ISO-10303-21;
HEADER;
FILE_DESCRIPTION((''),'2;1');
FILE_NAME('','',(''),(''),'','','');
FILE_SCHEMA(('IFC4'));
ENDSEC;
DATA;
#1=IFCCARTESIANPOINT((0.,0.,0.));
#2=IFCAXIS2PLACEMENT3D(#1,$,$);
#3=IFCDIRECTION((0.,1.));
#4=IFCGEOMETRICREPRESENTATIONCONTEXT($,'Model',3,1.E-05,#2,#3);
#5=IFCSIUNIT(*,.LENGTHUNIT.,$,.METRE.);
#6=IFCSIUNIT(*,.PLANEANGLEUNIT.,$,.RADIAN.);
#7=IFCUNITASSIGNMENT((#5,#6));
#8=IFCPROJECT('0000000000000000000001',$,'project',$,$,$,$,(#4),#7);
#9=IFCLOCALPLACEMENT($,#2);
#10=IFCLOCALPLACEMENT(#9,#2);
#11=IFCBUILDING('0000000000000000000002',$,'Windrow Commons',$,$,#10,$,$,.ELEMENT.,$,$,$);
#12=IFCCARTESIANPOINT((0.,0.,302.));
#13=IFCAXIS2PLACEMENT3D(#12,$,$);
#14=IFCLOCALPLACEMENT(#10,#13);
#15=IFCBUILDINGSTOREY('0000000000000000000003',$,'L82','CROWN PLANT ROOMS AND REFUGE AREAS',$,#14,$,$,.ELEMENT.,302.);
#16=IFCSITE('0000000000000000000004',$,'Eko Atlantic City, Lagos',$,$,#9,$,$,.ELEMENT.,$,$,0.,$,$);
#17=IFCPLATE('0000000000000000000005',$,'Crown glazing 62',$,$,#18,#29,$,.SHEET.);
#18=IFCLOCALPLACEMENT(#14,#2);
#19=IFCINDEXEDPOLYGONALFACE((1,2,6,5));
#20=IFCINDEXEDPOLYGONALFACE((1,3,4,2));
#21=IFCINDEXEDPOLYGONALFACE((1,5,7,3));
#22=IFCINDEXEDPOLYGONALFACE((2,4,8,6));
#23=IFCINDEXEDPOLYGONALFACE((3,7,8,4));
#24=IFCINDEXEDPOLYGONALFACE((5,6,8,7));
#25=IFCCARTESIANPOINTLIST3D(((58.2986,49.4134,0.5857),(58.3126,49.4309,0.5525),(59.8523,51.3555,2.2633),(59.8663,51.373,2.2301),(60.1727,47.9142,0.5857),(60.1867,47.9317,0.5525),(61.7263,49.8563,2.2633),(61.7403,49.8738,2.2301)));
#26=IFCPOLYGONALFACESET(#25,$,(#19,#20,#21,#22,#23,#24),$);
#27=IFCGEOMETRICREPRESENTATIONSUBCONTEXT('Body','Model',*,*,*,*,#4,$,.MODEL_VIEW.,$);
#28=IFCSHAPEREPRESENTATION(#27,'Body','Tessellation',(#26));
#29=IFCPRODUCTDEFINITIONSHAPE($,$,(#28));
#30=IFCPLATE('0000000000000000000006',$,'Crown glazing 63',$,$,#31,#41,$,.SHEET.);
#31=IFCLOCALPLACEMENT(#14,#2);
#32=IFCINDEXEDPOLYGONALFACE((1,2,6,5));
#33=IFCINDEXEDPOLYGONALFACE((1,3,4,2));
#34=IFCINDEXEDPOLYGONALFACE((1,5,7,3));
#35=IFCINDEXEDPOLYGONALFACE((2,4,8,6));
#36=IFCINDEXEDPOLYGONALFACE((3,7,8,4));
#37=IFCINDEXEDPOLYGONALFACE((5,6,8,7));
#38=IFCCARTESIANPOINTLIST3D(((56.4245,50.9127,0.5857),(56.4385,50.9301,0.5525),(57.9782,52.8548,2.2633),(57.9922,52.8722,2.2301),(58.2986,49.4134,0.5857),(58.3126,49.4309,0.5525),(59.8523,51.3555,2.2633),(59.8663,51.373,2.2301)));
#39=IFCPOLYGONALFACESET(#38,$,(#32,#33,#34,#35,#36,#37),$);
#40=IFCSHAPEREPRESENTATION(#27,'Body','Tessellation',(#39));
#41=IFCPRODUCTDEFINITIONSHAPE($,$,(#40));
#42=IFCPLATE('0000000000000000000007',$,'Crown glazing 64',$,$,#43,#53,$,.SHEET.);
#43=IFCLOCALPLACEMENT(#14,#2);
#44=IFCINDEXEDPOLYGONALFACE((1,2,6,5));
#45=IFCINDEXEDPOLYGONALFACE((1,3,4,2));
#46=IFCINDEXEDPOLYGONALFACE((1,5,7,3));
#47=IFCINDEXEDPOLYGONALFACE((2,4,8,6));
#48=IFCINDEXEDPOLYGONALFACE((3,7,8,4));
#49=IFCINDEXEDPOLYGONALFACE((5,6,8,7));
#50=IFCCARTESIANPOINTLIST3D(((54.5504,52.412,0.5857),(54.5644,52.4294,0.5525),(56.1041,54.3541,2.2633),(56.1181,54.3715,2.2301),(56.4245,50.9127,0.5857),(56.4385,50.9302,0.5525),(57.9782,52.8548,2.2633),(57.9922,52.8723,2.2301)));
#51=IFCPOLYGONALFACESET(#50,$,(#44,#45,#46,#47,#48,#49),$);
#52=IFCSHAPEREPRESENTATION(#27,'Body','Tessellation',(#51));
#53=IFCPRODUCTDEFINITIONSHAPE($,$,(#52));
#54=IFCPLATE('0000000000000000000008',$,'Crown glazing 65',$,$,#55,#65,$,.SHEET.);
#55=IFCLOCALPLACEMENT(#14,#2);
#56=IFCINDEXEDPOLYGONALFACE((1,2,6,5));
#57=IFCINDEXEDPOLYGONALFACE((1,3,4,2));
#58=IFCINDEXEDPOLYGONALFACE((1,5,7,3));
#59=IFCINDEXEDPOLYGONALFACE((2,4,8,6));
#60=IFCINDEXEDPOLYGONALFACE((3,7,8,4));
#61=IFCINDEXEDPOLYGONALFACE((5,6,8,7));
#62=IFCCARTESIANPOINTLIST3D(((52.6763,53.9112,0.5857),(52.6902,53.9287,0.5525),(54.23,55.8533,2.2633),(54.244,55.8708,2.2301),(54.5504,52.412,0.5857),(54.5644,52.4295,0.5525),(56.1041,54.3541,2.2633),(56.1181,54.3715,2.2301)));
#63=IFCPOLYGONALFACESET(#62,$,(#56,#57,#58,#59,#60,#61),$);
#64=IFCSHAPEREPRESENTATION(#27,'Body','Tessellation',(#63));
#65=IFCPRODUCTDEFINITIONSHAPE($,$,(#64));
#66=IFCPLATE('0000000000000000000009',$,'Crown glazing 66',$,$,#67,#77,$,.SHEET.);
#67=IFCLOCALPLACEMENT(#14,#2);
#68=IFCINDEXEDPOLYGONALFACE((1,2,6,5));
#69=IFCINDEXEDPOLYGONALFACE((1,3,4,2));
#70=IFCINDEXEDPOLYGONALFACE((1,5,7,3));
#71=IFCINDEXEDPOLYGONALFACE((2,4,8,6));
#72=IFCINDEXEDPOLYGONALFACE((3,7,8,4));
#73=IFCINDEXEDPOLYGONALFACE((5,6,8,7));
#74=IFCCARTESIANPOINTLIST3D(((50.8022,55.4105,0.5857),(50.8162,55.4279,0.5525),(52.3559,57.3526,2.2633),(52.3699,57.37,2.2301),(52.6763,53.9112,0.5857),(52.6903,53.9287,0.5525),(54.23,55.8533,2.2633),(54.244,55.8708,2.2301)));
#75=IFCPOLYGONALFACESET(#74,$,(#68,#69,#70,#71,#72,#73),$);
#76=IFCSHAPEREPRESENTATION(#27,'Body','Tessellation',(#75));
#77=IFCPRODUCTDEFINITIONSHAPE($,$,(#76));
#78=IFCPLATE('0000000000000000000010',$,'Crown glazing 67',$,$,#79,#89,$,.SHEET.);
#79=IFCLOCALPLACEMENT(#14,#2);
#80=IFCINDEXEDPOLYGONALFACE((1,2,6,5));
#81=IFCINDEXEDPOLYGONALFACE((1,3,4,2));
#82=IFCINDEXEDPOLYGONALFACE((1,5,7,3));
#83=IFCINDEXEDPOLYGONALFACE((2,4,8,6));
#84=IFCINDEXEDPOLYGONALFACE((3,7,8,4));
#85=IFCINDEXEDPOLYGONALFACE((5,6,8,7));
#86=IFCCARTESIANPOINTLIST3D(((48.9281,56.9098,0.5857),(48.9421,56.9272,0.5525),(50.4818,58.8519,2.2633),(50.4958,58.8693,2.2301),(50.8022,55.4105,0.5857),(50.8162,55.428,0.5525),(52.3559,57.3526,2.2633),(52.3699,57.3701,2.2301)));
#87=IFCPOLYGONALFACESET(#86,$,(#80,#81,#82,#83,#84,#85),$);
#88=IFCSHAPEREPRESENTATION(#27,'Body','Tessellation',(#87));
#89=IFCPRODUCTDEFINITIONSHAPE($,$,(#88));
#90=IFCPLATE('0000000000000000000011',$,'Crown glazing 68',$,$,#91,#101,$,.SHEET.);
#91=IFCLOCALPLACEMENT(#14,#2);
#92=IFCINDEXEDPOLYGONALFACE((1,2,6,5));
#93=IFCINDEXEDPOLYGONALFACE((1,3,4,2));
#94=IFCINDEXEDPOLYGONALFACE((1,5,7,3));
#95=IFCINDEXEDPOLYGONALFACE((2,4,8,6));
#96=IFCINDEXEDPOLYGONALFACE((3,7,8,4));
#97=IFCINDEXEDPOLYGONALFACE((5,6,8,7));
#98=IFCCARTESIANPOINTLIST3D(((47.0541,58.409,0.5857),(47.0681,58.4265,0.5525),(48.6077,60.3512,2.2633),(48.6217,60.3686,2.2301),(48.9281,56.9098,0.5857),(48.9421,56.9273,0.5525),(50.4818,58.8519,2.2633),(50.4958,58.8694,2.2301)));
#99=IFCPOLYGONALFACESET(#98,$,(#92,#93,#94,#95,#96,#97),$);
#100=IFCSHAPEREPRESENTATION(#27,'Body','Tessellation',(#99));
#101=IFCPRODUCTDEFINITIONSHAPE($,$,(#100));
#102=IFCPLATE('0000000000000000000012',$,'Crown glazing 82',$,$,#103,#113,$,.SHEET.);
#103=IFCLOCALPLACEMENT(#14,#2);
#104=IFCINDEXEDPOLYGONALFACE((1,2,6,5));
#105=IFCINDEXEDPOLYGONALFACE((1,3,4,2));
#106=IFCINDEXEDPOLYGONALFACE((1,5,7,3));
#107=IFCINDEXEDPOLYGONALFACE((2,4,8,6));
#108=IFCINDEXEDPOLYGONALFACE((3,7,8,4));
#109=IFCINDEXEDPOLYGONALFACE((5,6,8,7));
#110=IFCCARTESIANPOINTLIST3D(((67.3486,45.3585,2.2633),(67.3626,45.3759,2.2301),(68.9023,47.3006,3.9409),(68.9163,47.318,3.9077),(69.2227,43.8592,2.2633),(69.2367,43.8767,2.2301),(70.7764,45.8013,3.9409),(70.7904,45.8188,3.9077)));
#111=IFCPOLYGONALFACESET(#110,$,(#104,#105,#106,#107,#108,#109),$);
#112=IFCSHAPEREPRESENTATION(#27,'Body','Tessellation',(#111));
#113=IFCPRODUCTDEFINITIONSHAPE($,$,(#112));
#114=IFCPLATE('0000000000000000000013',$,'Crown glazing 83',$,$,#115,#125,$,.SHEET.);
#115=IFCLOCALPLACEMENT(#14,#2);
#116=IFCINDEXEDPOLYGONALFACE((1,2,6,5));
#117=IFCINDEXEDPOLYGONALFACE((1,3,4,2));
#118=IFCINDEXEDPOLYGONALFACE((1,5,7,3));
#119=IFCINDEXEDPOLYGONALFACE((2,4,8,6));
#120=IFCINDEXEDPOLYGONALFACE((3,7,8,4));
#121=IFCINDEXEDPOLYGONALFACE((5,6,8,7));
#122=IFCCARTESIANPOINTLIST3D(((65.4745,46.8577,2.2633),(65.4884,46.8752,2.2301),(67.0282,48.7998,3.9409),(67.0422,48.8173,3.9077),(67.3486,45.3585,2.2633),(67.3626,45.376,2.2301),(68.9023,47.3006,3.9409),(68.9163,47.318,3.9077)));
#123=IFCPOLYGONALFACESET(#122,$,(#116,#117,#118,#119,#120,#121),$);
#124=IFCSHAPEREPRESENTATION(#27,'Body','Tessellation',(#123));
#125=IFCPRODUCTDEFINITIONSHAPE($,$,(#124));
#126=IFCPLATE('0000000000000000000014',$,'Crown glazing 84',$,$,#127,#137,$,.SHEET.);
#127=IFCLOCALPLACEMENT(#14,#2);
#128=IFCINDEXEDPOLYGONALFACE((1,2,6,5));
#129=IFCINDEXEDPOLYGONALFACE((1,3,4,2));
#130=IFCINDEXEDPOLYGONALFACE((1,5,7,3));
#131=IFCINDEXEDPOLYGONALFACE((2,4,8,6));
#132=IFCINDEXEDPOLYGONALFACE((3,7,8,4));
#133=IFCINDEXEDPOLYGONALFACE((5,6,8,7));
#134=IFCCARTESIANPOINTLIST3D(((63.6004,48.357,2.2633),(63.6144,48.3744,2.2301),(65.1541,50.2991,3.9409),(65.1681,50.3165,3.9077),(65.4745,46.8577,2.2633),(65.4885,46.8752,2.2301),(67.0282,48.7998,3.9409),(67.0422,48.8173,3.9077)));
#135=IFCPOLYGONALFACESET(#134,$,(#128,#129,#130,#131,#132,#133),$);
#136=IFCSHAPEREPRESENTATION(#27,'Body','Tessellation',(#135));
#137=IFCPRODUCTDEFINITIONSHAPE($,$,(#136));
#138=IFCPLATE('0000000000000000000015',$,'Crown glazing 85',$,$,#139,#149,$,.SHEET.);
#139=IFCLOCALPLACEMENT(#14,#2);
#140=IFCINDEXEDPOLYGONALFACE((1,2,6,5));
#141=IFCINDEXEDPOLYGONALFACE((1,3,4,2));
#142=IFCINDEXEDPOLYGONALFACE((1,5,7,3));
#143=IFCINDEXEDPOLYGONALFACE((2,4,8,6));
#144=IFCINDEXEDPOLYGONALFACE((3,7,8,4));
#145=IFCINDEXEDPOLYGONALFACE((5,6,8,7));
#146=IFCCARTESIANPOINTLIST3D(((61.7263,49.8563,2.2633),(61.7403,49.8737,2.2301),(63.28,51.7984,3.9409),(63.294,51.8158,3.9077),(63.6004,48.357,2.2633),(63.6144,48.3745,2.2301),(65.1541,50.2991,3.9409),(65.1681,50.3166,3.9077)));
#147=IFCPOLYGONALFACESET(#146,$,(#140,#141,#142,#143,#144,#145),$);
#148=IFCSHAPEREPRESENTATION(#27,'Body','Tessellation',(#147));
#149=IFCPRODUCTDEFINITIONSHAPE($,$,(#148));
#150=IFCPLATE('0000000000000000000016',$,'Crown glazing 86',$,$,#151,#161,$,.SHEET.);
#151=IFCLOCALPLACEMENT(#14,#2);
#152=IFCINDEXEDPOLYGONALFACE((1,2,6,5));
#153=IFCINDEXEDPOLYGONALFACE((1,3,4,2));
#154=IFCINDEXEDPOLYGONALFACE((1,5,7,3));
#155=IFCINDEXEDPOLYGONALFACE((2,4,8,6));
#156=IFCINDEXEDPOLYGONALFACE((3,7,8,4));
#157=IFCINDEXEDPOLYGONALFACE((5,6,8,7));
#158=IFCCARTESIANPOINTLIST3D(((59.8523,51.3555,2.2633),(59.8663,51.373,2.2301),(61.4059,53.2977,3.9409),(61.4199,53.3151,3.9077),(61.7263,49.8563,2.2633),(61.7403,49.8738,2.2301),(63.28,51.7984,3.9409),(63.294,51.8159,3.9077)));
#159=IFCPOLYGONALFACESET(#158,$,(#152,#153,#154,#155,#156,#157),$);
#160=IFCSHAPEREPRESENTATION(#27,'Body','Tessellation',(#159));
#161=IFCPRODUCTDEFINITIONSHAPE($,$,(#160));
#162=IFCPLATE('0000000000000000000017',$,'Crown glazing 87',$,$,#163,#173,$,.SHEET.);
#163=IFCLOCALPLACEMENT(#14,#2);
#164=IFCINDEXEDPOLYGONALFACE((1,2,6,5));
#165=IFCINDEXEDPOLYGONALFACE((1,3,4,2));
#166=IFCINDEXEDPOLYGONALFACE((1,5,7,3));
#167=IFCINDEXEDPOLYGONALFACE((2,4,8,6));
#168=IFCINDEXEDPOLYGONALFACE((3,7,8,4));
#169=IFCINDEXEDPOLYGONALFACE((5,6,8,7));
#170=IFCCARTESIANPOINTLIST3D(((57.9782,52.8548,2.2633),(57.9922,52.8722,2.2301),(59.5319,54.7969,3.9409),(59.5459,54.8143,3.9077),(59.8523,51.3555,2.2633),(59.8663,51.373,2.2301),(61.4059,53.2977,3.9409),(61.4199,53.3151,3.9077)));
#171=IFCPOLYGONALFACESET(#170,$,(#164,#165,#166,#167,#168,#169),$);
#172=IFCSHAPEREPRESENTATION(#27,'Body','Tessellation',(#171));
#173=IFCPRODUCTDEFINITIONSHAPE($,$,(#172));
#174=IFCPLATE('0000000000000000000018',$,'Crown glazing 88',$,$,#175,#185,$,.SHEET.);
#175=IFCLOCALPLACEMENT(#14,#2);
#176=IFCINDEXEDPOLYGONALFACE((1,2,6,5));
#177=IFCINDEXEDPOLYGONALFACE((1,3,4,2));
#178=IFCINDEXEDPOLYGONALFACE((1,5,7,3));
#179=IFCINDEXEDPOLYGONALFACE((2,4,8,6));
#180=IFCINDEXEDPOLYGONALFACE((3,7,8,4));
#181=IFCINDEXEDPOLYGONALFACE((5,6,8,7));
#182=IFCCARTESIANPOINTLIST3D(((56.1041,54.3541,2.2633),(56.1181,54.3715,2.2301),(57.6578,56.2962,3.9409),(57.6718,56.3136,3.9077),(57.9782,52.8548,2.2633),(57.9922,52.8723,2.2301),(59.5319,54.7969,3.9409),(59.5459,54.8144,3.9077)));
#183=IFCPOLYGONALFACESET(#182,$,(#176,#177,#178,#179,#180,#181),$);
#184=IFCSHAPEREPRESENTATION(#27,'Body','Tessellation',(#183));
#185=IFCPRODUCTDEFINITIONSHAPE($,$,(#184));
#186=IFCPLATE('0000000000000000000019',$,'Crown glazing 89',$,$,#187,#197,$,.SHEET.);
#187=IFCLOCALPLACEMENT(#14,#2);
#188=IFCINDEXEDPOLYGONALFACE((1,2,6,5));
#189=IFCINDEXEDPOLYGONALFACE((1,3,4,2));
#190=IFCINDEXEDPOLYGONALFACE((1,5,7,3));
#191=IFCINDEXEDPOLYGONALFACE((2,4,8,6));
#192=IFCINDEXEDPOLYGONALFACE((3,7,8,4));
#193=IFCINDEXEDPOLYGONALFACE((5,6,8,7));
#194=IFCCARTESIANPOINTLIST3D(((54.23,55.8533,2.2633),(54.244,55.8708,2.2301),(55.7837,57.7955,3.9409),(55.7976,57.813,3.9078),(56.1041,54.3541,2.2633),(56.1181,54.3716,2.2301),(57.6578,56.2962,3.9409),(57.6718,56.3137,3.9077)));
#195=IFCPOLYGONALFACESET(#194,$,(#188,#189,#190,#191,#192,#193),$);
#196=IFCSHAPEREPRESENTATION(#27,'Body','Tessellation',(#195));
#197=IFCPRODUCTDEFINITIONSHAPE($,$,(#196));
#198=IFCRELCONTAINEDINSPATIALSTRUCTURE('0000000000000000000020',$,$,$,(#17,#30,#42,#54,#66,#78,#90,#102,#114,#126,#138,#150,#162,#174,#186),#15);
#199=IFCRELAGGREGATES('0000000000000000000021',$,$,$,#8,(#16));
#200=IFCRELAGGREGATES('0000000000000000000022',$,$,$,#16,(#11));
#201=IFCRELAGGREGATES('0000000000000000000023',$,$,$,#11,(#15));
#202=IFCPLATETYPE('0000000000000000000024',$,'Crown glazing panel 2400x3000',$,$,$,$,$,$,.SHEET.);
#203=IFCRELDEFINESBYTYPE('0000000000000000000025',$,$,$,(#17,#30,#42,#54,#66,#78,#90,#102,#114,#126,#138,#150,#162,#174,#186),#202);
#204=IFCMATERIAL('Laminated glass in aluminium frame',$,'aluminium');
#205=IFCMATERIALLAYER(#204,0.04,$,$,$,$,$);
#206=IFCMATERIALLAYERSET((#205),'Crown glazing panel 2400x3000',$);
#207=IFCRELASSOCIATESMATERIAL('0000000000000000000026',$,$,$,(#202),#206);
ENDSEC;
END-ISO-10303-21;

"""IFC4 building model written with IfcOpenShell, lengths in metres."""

from ifc_helpers import new_model, si_unit, direction, frame, origin, place, context, subcontext, project, spatial, polyline, outline, extrude, material, layer, layer_set, type_object, element, save


model = new_model("IFC4")

# Units and contexts
model_context = context("Model", 3, precision=1e-05, world=origin(), true_north=direction((0.0, 1.0)))
body_context = subcontext(model_context, "Body", "Model", "MODEL_VIEW")
ifc_project = project(units=[si_unit("LENGTHUNIT", "METRE"), si_unit("PLANEANGLEUNIT", "RADIAN")], contexts=[model_context])

# Site, building, storey
site_placement = place(None, origin())
site = spatial("IfcSite", under=ifc_project, at=site_placement, Name="Eko Atlantic City, Lagos", CompositionType="ELEMENT", RefElevation=0.0)
building_placement = place(site_placement, origin())
building = spatial("IfcBuilding", under=site, at=building_placement, Name="Windrow Commons", CompositionType="ELEMENT")
storey_placement = place(building_placement, frame((0.0, 0.0, 302.0)))
storey = spatial("IfcBuildingStorey", under=building, at=storey_placement, Name="L82", Description="CROWN PLANT ROOMS AND REFUGE AREAS", CompositionType="ELEMENT", Elevation=302.0)

# Plates
ifc_material_1 = material(Name="Laminated glass in aluminium frame", Category="aluminium")
ifc_layer_1 = layer(ifc_material_1, 0.04)
ifc_layer_set_1 = layer_set([ifc_layer_1], Name="Crown glazing panel 2400x3000")
plate_type = type_object("IfcPlateType", Name="Crown glazing panel 2400x3000", PredefinedType="SHEET", material=ifc_layer_set_1)
plate_1_placement = place(storey_placement, frame((60.1727, 47.9142, 0.5857), z_axis=(-0.349325, -0.436668, 0.829031), x_axis=(-0.780883, 0.624678, -0.000006)))
element("IfcPlate", 1, at=plate_1_placement, inside=storey, type_object=plate_type, Name="Crown glazing 62", PredefinedType="SHEET", context=body_context, shape_type="SweptSolid", body=[
    extrude(outline(polyline([(0.0, 0.0), (2.4, 0.0), (2.3999, -3.0), (0.0, -3.0), (0.0, 0.0)])), origin(), (0.0, 0.0, -1.0), 0.04),
])
for number, where, z_axis, x_axis, name in (
    (2, (58.2986, 49.4134, 0.5857), (-0.349331, -0.436658, 0.829034), (-0.780865, 0.6247, 0.0), "Crown glazing 63"),
    (3, (56.4245, 50.9127, 0.5857), (-0.349331, -0.436658, 0.829034), (-0.780865, 0.6247, 0.0), "Crown glazing 64"),
):
    element("IfcPlate", number, at=place(storey_placement, frame(where, z_axis=z_axis, x_axis=x_axis)), inside=storey, type_object=plate_type, Name=name, PredefinedType="SHEET", context=body_context, shape_type="SweptSolid", body=[
        extrude(outline(polyline([(0.0, 0.0), (2.4, 0.0), (2.4, -3.0), (0.0, -3.0), (0.0, 0.0)])), origin(), (0.0, 0.0, -1.0), 0.04),
    ])
plate_2_placement = place(storey_placement, frame((54.5504, 52.412, 0.5857), z_axis=(-0.349317, -0.436669, 0.829034), x_axis=(-0.780885, 0.624675, 0.0)))
element("IfcPlate", 4, at=plate_2_placement, inside=storey, type_object=plate_type, Name="Crown glazing 65", PredefinedType="SHEET", context=body_context, shape_type="SweptSolid", body=[
    extrude(outline(polyline([(0.0, 0.0), (2.4, 0.0), (2.3999, -3.0), (-0.0001, -3.0), (0.0, 0.0)])), origin(), (0.0, 0.0, -1.0), 0.04),
])
for number, where, z_axis, x_axis, name in (
    (5, (52.6763, 53.9112, 0.5857), (-0.349331, -0.436658, 0.829034), (-0.780865, 0.6247, 0.0), "Crown glazing 66"),
    (6, (50.8022, 55.4105, 0.5857), (-0.349331, -0.436658, 0.829034), (-0.780865, 0.6247, 0.0), "Crown glazing 67"),
):
    element("IfcPlate", number, at=place(storey_placement, frame(where, z_axis=z_axis, x_axis=x_axis)), inside=storey, type_object=plate_type, Name=name, PredefinedType="SHEET", context=body_context, shape_type="SweptSolid", body=[
        extrude(outline(polyline([(0.0, 0.0), (2.4, 0.0), (2.4, -3.0), (0.0, -3.0), (0.0, 0.0)])), origin(), (0.0, 0.0, -1.0), 0.04),
    ])
plate_3_placement = place(storey_placement, frame((48.9281, 56.9098, 0.5857), z_axis=(-0.349329, -0.436658, 0.829035), x_axis=(-0.780868, 0.624696, -0.000002)))
element("IfcPlate", 7, at=plate_3_placement, inside=storey, type_object=plate_type, Name="Crown glazing 68", PredefinedType="SHEET", context=body_context, shape_type="SweptSolid", body=[
    extrude(outline(polyline([(0.0, 0.0), (2.3999, 0.0), (2.4, -3.0), (0.0, -3.0), (0.0, 0.0)])), origin(), (0.0, 0.0, -1.0), 0.04),
])
plate_4_placement = place(storey_placement, frame((69.2227, 43.8592, 2.2633), z_axis=(-0.349331, -0.436658, 0.829034), x_axis=(-0.780865, 0.6247, 0.0)))
element("IfcPlate", 8, at=plate_4_placement, inside=storey, type_object=plate_type, Name="Crown glazing 82", PredefinedType="SHEET", context=body_context, shape_type="SweptSolid", body=[
    extrude(outline(polyline([(0.0, 0.0), (2.4, 0.0), (2.4, -3.0), (0.0, -3.0), (0.0, 0.0)])), origin(), (0.0, 0.0, -1.0), 0.04),
])
plate_5_placement = place(storey_placement, frame((67.3486, 45.3585, 2.2633), z_axis=(-0.349317, -0.436669, 0.829034), x_axis=(-0.780885, 0.624675, 0.0)))
element("IfcPlate", 9, at=plate_5_placement, inside=storey, type_object=plate_type, Name="Crown glazing 83", PredefinedType="SHEET", context=body_context, shape_type="SweptSolid", body=[
    extrude(outline(polyline([(0.0, 0.0), (2.4, 0.0), (2.3999, -3.0), (-0.0001, -3.0), (0.0, 0.0)])), origin(), (0.0, 0.0, -1.0), 0.04),
])
for number, where, z_axis, x_axis, name in (
    (10, (65.4745, 46.8577, 2.2633), (-0.349331, -0.436658, 0.829034), (-0.780865, 0.6247, 0.0), "Crown glazing 84"),
    (11, (63.6004, 48.357, 2.2633), (-0.349331, -0.436658, 0.829034), (-0.780865, 0.6247, 0.0), "Crown glazing 85"),
):
    element("IfcPlate", number, at=place(storey_placement, frame(where, z_axis=z_axis, x_axis=x_axis)), inside=storey, type_object=plate_type, Name=name, PredefinedType="SHEET", context=body_context, shape_type="SweptSolid", body=[
        extrude(outline(polyline([(0.0, 0.0), (2.4, 0.0), (2.4, -3.0), (0.0, -3.0), (0.0, 0.0)])), origin(), (0.0, 0.0, -1.0), 0.04),
    ])
plate_6_placement = place(storey_placement, frame((61.7263, 49.8563, 2.2633), z_axis=(-0.349329, -0.436658, 0.829035), x_axis=(-0.780868, 0.624696, -0.000002)))
element("IfcPlate", 12, at=plate_6_placement, inside=storey, type_object=plate_type, Name="Crown glazing 86", PredefinedType="SHEET", context=body_context, shape_type="SweptSolid", body=[
    extrude(outline(polyline([(0.0, 0.0), (2.3999, 0.0), (2.4, -3.0), (0.0, -3.0), (0.0, 0.0)])), origin(), (0.0, 0.0, -1.0), 0.04),
])
plate_7_placement = place(storey_placement, frame((59.8523, 51.3555, 2.2633), z_axis=(-0.349329, -0.436658, 0.829035), x_axis=(-0.780865, 0.624699, 0.000002)))
element("IfcPlate", 13, at=plate_7_placement, inside=storey, type_object=plate_type, Name="Crown glazing 87", PredefinedType="SHEET", context=body_context, shape_type="SweptSolid", body=[
    extrude(outline(polyline([(0.0, 0.0), (2.4, 0.0), (2.4, -3.0), (0.0001, -3.0), (0.0, 0.0)])), origin(), (0.0, 0.0, -1.0), 0.04),
])
plate_8_placement = place(storey_placement, frame((57.9782, 52.8548, 2.2633), z_axis=(-0.349331, -0.436658, 0.829034), x_axis=(-0.780865, 0.6247, 0.0)))
element("IfcPlate", 14, at=plate_8_placement, inside=storey, type_object=plate_type, Name="Crown glazing 88", PredefinedType="SHEET", context=body_context, shape_type="SweptSolid", body=[
    extrude(outline(polyline([(0.0, 0.0), (2.4, 0.0), (2.4, -3.0), (0.0, -3.0), (0.0, 0.0)])), origin(), (0.0, 0.0, -1.0), 0.04),
])
plate_9_placement = place(storey_placement, frame((56.1041, 54.3541, 2.2633), z_axis=(-0.34932, -0.436659, 0.829038), x_axis=(-0.780882, 0.624679, -0.000008)))
element("IfcPlate", 15, at=plate_9_placement, inside=storey, type_object=plate_type, Name="Crown glazing 89", PredefinedType="SHEET", context=body_context, shape_type="SweptSolid", body=[
    extrude(outline(polyline([(0.0, 0.0), (2.4, 0.0), (2.4, -3.0001), (-0.0001, -3.0), (0.0, 0.0)])), origin(), (0.0, 0.0, -1.0), 0.04),
])

save(model, "model.ifc")
